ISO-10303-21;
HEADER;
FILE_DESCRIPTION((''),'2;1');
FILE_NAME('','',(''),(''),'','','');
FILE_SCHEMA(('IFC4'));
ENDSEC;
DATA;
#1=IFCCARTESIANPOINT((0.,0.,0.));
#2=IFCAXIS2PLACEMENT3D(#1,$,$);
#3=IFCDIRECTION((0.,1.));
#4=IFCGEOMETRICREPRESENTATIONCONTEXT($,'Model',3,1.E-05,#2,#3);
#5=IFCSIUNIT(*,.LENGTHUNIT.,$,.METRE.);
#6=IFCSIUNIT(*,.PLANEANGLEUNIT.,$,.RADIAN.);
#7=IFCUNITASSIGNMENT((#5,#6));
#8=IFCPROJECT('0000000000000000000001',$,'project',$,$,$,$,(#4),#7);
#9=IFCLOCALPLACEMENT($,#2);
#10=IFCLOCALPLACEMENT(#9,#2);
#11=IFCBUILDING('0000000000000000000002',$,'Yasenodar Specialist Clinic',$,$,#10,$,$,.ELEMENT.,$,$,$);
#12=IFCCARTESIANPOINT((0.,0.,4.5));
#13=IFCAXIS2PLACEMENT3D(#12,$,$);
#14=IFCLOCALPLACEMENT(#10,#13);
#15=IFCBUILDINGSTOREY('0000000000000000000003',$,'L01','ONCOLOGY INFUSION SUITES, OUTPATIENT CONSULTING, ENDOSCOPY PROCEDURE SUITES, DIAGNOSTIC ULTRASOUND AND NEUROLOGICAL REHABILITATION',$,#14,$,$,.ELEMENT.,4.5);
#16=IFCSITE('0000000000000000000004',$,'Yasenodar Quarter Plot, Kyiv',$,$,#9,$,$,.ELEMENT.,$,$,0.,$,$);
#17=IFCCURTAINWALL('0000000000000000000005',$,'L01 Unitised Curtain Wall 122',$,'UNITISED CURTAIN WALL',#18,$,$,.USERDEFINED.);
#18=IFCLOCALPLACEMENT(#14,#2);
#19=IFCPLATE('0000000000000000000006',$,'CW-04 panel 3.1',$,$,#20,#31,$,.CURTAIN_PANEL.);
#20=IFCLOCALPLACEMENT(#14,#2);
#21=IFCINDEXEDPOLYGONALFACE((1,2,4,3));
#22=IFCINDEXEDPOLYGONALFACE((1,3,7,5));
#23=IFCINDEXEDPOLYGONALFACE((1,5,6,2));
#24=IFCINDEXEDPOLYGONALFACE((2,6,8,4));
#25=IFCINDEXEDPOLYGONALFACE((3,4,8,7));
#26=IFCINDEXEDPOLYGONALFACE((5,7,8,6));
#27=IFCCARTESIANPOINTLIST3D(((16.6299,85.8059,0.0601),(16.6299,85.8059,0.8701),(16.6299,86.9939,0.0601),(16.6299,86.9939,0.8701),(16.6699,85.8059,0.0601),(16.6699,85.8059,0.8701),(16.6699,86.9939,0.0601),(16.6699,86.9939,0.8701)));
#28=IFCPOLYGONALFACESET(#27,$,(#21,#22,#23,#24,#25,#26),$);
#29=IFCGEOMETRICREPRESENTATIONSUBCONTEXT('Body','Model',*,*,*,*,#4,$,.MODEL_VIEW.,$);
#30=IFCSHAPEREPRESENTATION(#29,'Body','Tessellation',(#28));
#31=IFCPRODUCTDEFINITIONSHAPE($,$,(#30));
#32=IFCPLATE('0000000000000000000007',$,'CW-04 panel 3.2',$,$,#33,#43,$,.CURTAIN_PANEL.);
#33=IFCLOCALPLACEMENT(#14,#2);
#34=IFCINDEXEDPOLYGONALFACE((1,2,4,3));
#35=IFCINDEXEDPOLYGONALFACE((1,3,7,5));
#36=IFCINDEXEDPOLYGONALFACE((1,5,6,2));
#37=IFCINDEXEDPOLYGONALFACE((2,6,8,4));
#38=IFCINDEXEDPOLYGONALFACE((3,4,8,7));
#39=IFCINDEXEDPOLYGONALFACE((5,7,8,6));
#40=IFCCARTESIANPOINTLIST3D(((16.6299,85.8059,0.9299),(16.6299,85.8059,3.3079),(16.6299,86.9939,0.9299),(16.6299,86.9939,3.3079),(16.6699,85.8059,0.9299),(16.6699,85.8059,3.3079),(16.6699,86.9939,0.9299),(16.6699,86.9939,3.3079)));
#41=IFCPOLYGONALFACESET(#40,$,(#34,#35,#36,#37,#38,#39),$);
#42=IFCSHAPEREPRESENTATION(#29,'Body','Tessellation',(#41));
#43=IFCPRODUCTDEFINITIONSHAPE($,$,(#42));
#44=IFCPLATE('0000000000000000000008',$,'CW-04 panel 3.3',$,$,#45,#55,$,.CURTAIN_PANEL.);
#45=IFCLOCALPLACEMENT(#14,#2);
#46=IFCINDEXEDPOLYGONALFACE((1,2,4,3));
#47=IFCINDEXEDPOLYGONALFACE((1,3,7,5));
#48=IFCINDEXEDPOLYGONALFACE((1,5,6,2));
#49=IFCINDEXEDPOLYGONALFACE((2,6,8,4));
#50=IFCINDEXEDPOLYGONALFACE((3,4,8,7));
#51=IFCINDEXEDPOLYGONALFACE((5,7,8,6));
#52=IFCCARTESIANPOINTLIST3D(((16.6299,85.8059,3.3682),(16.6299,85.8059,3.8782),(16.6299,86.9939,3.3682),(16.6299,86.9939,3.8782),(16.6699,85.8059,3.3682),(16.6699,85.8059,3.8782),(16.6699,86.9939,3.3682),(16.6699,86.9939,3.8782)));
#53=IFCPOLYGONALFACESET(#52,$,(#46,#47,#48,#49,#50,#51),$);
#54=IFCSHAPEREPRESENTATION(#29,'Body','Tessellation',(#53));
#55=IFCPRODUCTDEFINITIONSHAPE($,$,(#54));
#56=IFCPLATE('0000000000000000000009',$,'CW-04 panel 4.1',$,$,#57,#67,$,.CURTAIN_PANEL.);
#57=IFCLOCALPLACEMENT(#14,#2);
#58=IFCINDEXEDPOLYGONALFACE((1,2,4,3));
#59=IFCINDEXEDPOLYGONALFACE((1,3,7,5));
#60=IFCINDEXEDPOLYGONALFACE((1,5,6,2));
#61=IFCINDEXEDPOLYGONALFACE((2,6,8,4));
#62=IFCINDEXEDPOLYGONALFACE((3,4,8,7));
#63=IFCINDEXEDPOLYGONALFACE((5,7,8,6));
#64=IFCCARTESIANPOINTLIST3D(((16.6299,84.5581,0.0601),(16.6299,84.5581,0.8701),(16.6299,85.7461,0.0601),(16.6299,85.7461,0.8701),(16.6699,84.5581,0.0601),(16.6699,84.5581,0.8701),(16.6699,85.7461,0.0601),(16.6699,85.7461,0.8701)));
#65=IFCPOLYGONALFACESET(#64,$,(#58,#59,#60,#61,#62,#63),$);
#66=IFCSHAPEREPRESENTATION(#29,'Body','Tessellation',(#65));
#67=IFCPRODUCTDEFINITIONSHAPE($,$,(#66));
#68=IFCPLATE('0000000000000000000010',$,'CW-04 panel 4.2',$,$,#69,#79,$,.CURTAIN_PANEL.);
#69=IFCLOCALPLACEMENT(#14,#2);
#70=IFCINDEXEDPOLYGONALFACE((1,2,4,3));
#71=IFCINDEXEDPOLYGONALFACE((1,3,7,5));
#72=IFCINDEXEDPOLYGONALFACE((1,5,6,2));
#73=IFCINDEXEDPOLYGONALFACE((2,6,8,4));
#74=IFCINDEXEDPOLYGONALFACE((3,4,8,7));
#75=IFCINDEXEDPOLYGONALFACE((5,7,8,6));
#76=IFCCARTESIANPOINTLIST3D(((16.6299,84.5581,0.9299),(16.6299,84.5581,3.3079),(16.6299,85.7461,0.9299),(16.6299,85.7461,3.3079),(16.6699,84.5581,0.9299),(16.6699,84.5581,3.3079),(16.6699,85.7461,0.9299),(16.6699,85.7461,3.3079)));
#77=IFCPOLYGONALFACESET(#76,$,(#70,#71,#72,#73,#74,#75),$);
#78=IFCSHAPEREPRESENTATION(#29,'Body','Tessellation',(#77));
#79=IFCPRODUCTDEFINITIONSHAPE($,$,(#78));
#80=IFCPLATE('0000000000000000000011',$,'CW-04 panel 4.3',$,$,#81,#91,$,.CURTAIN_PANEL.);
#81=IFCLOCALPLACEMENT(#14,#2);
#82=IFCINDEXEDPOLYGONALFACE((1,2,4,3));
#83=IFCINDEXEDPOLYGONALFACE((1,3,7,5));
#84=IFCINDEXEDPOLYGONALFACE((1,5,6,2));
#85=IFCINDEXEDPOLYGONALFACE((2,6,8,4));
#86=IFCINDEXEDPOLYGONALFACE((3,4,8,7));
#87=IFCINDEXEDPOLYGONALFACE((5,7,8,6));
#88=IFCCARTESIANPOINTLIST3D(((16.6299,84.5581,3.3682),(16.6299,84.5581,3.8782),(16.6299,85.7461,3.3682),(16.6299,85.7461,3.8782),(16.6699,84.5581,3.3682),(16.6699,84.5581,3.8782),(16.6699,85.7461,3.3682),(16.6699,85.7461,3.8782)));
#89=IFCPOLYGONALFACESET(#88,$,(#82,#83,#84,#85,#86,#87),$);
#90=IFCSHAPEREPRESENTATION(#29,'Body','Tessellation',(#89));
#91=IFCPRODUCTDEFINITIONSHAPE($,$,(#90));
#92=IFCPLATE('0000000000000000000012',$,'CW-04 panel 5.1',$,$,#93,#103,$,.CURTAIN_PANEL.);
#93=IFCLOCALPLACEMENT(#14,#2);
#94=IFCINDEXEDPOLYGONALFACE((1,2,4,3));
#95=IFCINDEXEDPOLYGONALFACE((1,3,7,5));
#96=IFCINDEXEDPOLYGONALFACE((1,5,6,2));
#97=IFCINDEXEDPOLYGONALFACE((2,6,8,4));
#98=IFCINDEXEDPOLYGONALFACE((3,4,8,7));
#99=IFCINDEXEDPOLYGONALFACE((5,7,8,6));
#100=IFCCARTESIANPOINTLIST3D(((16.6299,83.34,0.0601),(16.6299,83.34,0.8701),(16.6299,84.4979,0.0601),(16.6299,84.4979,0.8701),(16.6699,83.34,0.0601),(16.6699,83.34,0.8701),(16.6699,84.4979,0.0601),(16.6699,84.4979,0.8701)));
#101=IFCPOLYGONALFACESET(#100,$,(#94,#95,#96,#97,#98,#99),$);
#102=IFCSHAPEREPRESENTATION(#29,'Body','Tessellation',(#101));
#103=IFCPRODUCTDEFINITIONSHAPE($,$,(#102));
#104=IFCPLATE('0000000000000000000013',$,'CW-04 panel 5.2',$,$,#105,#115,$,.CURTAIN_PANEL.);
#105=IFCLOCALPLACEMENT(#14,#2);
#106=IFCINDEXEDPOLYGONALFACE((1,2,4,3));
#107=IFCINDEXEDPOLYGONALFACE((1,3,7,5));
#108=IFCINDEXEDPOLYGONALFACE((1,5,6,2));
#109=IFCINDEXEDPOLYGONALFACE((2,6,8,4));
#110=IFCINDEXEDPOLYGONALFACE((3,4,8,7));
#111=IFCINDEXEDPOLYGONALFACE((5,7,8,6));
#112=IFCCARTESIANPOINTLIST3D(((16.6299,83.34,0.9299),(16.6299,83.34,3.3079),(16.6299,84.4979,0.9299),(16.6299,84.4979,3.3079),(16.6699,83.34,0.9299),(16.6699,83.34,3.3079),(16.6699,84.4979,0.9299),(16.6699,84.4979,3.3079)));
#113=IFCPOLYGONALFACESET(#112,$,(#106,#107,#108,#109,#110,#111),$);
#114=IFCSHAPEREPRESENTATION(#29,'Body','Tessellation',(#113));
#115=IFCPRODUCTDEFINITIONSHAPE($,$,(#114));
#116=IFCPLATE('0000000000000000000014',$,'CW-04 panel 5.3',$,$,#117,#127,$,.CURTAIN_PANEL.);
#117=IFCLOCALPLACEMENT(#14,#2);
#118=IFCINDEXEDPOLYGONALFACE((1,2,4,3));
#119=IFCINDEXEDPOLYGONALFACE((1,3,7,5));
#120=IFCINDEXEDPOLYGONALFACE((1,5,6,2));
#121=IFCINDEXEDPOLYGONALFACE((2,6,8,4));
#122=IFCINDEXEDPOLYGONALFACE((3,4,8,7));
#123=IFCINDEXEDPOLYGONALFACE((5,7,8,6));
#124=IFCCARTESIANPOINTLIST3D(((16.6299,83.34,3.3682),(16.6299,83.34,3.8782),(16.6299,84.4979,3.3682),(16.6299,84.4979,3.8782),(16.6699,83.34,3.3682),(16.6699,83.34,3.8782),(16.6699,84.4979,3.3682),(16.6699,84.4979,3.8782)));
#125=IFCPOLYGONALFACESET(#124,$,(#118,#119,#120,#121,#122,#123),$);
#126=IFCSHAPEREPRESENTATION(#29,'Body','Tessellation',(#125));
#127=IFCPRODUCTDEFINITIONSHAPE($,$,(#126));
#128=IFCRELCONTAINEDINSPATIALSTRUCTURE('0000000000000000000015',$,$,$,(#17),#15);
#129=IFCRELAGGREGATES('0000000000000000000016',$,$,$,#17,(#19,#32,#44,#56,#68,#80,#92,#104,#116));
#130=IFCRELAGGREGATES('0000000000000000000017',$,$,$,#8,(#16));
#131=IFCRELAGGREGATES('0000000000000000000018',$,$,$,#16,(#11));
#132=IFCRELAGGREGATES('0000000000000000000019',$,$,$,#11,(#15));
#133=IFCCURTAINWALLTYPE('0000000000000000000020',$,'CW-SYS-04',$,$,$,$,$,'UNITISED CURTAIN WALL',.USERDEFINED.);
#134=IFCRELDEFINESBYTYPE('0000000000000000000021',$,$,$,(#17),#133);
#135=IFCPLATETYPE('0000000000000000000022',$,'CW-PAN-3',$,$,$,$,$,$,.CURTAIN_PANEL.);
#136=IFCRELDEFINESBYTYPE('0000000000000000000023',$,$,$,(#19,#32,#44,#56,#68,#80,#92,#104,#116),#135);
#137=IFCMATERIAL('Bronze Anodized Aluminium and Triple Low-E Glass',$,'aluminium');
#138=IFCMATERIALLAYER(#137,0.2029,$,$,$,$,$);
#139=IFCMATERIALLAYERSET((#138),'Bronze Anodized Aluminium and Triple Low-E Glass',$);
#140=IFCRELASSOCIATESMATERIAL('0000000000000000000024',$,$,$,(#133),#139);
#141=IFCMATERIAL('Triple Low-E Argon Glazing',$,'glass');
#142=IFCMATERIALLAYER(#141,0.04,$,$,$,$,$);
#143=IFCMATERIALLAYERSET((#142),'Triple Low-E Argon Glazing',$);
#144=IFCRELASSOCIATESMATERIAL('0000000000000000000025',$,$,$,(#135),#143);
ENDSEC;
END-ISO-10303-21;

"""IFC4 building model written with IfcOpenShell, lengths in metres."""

from ifc_helpers import new_model, si_unit, direction, frame, origin, origin_2d, place, context, subcontext, project, spatial, rectangle, extrude, material, layer, layer_set, type_object, element, aggregate, save


model = new_model("IFC4")

# Units and contexts
model_context = context("Model", 3, precision=1e-05, world=origin(), true_north=direction((0.0, 1.0)))
body_context = subcontext(model_context, "Body", "Model", "MODEL_VIEW")
ifc_project = project(units=[si_unit("LENGTHUNIT", "METRE"), si_unit("PLANEANGLEUNIT", "RADIAN")], contexts=[model_context])

# Site, building, storey
site_placement = place(None, origin())
site = spatial("IfcSite", under=ifc_project, at=site_placement, Name="Yasenodar Quarter Plot, Kyiv", CompositionType="ELEMENT", RefElevation=0.0)
building_placement = place(site_placement, origin())
building = spatial("IfcBuilding", under=site, at=building_placement, Name="Yasenodar Specialist Clinic", CompositionType="ELEMENT")
storey_placement = place(building_placement, frame((0.0, 0.0, 4.5)))
storey = spatial("IfcBuildingStorey", under=building, at=storey_placement, Name="L01", Description="ONCOLOGY INFUSION SUITES, OUTPATIENT CONSULTING, ENDOSCOPY PROCEDURE SUITES, DIAGNOSTIC ULTRASOUND AND NEUROLOGICAL REHABILITATION", CompositionType="ELEMENT", Elevation=4.5)

# Curtain wall, plates
ifc_material_1 = material(Name="Bronze Anodized Aluminium and Triple Low-E Glass", Category="aluminium")
ifc_layer_1 = layer(ifc_material_1, 0.2029)
ifc_layer_set_1 = layer_set([ifc_layer_1], Name="Bronze Anodized Aluminium and Triple Low-E Glass")
curtain_wall_type = type_object("IfcCurtainWallType", Name="CW-SYS-04", ElementType="UNITISED CURTAIN WALL", PredefinedType="USERDEFINED", material=ifc_layer_set_1)
curtain_wall_placement = place(storey_placement, origin())
curtain_wall = element("IfcCurtainWall", 1, at=curtain_wall_placement, inside=storey, type_object=curtain_wall_type, Name="L01 Unitised Curtain Wall 122", ObjectType="UNITISED CURTAIN WALL", PredefinedType="USERDEFINED")
ifc_material_2 = material(Name="Triple Low-E Argon Glazing", Category="glass")
ifc_layer_2 = layer(ifc_material_2, 0.04)
ifc_layer_set_2 = layer_set([ifc_layer_2], Name="Triple Low-E Argon Glazing")
plate_type = type_object("IfcPlateType", Name="CW-PAN-3", PredefinedType="CURTAIN_PANEL", material=ifc_layer_set_2)
plate_1_placement = place(storey_placement, frame((16.6499, 86.3999, 0.0601), z_axis=(0.0, 0.0, 1.0), x_axis=(0.0, -1.0, 0.0)))
plate_1 = element("IfcPlate", 2, at=plate_1_placement, type_object=plate_type, Name="CW-04 panel 3.1", PredefinedType="CURTAIN_PANEL", context=body_context, shape_type="SweptSolid", body=[
    extrude(rectangle(XDim=1.188, YDim=0.04, at=origin_2d()), origin(), (0.0, 0.0, 1.0), 0.8101),
])
plate_2_placement = place(storey_placement, frame((16.6499, 86.3999, 0.9299), z_axis=(0.0, 0.0, 1.0), x_axis=(0.0, -1.0, 0.0)))
plate_2 = element("IfcPlate", 3, at=plate_2_placement, type_object=plate_type, Name="CW-04 panel 3.2", PredefinedType="CURTAIN_PANEL", context=body_context, shape_type="SweptSolid", body=[
    extrude(rectangle(XDim=1.188, YDim=0.04, at=origin_2d()), origin(), (0.0, 0.0, 1.0), 2.3779),
])
plate_3_placement = place(storey_placement, frame((16.6499, 86.3999, 3.3682), z_axis=(0.0, 0.0, 1.0), x_axis=(0.0, -1.0, 0.0)))
plate_3 = element("IfcPlate", 4, at=plate_3_placement, type_object=plate_type, Name="CW-04 panel 3.3", PredefinedType="CURTAIN_PANEL", context=body_context, shape_type="SweptSolid", body=[
    extrude(rectangle(XDim=1.188, YDim=0.04, at=origin_2d()), origin(), (0.0, 0.0, 1.0), 0.51),
])
plate_4_placement = place(storey_placement, frame((16.6499, 85.1521, 0.0601), z_axis=(0.0, 0.0, 1.0), x_axis=(0.0, -1.0, 0.0)))
plate_4 = element("IfcPlate", 5, at=plate_4_placement, type_object=plate_type, Name="CW-04 panel 4.1", PredefinedType="CURTAIN_PANEL", context=body_context, shape_type="SweptSolid", body=[
    extrude(rectangle(XDim=1.188, YDim=0.04, at=origin_2d()), origin(), (0.0, 0.0, 1.0), 0.8101),
])
plate_5_placement = place(storey_placement, frame((16.6499, 85.1521, 0.9299), z_axis=(0.0, 0.0, 1.0), x_axis=(0.0, -1.0, 0.0)))
plate_5 = element("IfcPlate", 6, at=plate_5_placement, type_object=plate_type, Name="CW-04 panel 4.2", PredefinedType="CURTAIN_PANEL", context=body_context, shape_type="SweptSolid", body=[
    extrude(rectangle(XDim=1.188, YDim=0.04, at=origin_2d()), origin(), (0.0, 0.0, 1.0), 2.3779),
])
plate_6_placement = place(storey_placement, frame((16.6499, 85.1521, 3.3682), z_axis=(0.0, 0.0, 1.0), x_axis=(0.0, -1.0, 0.0)))
plate_6 = element("IfcPlate", 7, at=plate_6_placement, type_object=plate_type, Name="CW-04 panel 4.3", PredefinedType="CURTAIN_PANEL", context=body_context, shape_type="SweptSolid", body=[
    extrude(rectangle(XDim=1.188, YDim=0.04, at=origin_2d()), origin(), (0.0, 0.0, 1.0), 0.51),
])
plate_7_placement = place(storey_placement, frame((16.6499, 83.9189, 0.0601), z_axis=(0.0, 0.0, 1.0), x_axis=(0.0, -1.0, 0.0)))
plate_7 = element("IfcPlate", 8, at=plate_7_placement, type_object=plate_type, Name="CW-04 panel 5.1", PredefinedType="CURTAIN_PANEL", context=body_context, shape_type="SweptSolid", body=[
    extrude(rectangle(XDim=1.158, YDim=0.04, at=origin_2d()), origin(), (0.0, 0.0, 1.0), 0.8101),
])
plate_8_placement = place(storey_placement, frame((16.6499, 83.9189, 0.9299), z_axis=(0.0, 0.0, 1.0), x_axis=(0.0, -1.0, 0.0)))
plate_8 = element("IfcPlate", 9, at=plate_8_placement, type_object=plate_type, Name="CW-04 panel 5.2", PredefinedType="CURTAIN_PANEL", context=body_context, shape_type="SweptSolid", body=[
    extrude(rectangle(XDim=1.158, YDim=0.04, at=origin_2d()), origin(), (0.0, 0.0, 1.0), 2.3779),
])
plate_9_placement = place(storey_placement, frame((16.6499, 83.9189, 3.3682), z_axis=(0.0, 0.0, 1.0), x_axis=(0.0, -1.0, 0.0)))
plate_9 = element("IfcPlate", 10, at=plate_9_placement, type_object=plate_type, Name="CW-04 panel 5.3", PredefinedType="CURTAIN_PANEL", context=body_context, shape_type="SweptSolid", body=[
    extrude(rectangle(XDim=1.158, YDim=0.04, at=origin_2d()), origin(), (0.0, 0.0, 1.0), 0.51),
])
aggregate(curtain_wall, [plate_1, plate_2, plate_3, plate_4, plate_5, plate_6, plate_7, plate_8, plate_9])

save(model, "model.ifc")
